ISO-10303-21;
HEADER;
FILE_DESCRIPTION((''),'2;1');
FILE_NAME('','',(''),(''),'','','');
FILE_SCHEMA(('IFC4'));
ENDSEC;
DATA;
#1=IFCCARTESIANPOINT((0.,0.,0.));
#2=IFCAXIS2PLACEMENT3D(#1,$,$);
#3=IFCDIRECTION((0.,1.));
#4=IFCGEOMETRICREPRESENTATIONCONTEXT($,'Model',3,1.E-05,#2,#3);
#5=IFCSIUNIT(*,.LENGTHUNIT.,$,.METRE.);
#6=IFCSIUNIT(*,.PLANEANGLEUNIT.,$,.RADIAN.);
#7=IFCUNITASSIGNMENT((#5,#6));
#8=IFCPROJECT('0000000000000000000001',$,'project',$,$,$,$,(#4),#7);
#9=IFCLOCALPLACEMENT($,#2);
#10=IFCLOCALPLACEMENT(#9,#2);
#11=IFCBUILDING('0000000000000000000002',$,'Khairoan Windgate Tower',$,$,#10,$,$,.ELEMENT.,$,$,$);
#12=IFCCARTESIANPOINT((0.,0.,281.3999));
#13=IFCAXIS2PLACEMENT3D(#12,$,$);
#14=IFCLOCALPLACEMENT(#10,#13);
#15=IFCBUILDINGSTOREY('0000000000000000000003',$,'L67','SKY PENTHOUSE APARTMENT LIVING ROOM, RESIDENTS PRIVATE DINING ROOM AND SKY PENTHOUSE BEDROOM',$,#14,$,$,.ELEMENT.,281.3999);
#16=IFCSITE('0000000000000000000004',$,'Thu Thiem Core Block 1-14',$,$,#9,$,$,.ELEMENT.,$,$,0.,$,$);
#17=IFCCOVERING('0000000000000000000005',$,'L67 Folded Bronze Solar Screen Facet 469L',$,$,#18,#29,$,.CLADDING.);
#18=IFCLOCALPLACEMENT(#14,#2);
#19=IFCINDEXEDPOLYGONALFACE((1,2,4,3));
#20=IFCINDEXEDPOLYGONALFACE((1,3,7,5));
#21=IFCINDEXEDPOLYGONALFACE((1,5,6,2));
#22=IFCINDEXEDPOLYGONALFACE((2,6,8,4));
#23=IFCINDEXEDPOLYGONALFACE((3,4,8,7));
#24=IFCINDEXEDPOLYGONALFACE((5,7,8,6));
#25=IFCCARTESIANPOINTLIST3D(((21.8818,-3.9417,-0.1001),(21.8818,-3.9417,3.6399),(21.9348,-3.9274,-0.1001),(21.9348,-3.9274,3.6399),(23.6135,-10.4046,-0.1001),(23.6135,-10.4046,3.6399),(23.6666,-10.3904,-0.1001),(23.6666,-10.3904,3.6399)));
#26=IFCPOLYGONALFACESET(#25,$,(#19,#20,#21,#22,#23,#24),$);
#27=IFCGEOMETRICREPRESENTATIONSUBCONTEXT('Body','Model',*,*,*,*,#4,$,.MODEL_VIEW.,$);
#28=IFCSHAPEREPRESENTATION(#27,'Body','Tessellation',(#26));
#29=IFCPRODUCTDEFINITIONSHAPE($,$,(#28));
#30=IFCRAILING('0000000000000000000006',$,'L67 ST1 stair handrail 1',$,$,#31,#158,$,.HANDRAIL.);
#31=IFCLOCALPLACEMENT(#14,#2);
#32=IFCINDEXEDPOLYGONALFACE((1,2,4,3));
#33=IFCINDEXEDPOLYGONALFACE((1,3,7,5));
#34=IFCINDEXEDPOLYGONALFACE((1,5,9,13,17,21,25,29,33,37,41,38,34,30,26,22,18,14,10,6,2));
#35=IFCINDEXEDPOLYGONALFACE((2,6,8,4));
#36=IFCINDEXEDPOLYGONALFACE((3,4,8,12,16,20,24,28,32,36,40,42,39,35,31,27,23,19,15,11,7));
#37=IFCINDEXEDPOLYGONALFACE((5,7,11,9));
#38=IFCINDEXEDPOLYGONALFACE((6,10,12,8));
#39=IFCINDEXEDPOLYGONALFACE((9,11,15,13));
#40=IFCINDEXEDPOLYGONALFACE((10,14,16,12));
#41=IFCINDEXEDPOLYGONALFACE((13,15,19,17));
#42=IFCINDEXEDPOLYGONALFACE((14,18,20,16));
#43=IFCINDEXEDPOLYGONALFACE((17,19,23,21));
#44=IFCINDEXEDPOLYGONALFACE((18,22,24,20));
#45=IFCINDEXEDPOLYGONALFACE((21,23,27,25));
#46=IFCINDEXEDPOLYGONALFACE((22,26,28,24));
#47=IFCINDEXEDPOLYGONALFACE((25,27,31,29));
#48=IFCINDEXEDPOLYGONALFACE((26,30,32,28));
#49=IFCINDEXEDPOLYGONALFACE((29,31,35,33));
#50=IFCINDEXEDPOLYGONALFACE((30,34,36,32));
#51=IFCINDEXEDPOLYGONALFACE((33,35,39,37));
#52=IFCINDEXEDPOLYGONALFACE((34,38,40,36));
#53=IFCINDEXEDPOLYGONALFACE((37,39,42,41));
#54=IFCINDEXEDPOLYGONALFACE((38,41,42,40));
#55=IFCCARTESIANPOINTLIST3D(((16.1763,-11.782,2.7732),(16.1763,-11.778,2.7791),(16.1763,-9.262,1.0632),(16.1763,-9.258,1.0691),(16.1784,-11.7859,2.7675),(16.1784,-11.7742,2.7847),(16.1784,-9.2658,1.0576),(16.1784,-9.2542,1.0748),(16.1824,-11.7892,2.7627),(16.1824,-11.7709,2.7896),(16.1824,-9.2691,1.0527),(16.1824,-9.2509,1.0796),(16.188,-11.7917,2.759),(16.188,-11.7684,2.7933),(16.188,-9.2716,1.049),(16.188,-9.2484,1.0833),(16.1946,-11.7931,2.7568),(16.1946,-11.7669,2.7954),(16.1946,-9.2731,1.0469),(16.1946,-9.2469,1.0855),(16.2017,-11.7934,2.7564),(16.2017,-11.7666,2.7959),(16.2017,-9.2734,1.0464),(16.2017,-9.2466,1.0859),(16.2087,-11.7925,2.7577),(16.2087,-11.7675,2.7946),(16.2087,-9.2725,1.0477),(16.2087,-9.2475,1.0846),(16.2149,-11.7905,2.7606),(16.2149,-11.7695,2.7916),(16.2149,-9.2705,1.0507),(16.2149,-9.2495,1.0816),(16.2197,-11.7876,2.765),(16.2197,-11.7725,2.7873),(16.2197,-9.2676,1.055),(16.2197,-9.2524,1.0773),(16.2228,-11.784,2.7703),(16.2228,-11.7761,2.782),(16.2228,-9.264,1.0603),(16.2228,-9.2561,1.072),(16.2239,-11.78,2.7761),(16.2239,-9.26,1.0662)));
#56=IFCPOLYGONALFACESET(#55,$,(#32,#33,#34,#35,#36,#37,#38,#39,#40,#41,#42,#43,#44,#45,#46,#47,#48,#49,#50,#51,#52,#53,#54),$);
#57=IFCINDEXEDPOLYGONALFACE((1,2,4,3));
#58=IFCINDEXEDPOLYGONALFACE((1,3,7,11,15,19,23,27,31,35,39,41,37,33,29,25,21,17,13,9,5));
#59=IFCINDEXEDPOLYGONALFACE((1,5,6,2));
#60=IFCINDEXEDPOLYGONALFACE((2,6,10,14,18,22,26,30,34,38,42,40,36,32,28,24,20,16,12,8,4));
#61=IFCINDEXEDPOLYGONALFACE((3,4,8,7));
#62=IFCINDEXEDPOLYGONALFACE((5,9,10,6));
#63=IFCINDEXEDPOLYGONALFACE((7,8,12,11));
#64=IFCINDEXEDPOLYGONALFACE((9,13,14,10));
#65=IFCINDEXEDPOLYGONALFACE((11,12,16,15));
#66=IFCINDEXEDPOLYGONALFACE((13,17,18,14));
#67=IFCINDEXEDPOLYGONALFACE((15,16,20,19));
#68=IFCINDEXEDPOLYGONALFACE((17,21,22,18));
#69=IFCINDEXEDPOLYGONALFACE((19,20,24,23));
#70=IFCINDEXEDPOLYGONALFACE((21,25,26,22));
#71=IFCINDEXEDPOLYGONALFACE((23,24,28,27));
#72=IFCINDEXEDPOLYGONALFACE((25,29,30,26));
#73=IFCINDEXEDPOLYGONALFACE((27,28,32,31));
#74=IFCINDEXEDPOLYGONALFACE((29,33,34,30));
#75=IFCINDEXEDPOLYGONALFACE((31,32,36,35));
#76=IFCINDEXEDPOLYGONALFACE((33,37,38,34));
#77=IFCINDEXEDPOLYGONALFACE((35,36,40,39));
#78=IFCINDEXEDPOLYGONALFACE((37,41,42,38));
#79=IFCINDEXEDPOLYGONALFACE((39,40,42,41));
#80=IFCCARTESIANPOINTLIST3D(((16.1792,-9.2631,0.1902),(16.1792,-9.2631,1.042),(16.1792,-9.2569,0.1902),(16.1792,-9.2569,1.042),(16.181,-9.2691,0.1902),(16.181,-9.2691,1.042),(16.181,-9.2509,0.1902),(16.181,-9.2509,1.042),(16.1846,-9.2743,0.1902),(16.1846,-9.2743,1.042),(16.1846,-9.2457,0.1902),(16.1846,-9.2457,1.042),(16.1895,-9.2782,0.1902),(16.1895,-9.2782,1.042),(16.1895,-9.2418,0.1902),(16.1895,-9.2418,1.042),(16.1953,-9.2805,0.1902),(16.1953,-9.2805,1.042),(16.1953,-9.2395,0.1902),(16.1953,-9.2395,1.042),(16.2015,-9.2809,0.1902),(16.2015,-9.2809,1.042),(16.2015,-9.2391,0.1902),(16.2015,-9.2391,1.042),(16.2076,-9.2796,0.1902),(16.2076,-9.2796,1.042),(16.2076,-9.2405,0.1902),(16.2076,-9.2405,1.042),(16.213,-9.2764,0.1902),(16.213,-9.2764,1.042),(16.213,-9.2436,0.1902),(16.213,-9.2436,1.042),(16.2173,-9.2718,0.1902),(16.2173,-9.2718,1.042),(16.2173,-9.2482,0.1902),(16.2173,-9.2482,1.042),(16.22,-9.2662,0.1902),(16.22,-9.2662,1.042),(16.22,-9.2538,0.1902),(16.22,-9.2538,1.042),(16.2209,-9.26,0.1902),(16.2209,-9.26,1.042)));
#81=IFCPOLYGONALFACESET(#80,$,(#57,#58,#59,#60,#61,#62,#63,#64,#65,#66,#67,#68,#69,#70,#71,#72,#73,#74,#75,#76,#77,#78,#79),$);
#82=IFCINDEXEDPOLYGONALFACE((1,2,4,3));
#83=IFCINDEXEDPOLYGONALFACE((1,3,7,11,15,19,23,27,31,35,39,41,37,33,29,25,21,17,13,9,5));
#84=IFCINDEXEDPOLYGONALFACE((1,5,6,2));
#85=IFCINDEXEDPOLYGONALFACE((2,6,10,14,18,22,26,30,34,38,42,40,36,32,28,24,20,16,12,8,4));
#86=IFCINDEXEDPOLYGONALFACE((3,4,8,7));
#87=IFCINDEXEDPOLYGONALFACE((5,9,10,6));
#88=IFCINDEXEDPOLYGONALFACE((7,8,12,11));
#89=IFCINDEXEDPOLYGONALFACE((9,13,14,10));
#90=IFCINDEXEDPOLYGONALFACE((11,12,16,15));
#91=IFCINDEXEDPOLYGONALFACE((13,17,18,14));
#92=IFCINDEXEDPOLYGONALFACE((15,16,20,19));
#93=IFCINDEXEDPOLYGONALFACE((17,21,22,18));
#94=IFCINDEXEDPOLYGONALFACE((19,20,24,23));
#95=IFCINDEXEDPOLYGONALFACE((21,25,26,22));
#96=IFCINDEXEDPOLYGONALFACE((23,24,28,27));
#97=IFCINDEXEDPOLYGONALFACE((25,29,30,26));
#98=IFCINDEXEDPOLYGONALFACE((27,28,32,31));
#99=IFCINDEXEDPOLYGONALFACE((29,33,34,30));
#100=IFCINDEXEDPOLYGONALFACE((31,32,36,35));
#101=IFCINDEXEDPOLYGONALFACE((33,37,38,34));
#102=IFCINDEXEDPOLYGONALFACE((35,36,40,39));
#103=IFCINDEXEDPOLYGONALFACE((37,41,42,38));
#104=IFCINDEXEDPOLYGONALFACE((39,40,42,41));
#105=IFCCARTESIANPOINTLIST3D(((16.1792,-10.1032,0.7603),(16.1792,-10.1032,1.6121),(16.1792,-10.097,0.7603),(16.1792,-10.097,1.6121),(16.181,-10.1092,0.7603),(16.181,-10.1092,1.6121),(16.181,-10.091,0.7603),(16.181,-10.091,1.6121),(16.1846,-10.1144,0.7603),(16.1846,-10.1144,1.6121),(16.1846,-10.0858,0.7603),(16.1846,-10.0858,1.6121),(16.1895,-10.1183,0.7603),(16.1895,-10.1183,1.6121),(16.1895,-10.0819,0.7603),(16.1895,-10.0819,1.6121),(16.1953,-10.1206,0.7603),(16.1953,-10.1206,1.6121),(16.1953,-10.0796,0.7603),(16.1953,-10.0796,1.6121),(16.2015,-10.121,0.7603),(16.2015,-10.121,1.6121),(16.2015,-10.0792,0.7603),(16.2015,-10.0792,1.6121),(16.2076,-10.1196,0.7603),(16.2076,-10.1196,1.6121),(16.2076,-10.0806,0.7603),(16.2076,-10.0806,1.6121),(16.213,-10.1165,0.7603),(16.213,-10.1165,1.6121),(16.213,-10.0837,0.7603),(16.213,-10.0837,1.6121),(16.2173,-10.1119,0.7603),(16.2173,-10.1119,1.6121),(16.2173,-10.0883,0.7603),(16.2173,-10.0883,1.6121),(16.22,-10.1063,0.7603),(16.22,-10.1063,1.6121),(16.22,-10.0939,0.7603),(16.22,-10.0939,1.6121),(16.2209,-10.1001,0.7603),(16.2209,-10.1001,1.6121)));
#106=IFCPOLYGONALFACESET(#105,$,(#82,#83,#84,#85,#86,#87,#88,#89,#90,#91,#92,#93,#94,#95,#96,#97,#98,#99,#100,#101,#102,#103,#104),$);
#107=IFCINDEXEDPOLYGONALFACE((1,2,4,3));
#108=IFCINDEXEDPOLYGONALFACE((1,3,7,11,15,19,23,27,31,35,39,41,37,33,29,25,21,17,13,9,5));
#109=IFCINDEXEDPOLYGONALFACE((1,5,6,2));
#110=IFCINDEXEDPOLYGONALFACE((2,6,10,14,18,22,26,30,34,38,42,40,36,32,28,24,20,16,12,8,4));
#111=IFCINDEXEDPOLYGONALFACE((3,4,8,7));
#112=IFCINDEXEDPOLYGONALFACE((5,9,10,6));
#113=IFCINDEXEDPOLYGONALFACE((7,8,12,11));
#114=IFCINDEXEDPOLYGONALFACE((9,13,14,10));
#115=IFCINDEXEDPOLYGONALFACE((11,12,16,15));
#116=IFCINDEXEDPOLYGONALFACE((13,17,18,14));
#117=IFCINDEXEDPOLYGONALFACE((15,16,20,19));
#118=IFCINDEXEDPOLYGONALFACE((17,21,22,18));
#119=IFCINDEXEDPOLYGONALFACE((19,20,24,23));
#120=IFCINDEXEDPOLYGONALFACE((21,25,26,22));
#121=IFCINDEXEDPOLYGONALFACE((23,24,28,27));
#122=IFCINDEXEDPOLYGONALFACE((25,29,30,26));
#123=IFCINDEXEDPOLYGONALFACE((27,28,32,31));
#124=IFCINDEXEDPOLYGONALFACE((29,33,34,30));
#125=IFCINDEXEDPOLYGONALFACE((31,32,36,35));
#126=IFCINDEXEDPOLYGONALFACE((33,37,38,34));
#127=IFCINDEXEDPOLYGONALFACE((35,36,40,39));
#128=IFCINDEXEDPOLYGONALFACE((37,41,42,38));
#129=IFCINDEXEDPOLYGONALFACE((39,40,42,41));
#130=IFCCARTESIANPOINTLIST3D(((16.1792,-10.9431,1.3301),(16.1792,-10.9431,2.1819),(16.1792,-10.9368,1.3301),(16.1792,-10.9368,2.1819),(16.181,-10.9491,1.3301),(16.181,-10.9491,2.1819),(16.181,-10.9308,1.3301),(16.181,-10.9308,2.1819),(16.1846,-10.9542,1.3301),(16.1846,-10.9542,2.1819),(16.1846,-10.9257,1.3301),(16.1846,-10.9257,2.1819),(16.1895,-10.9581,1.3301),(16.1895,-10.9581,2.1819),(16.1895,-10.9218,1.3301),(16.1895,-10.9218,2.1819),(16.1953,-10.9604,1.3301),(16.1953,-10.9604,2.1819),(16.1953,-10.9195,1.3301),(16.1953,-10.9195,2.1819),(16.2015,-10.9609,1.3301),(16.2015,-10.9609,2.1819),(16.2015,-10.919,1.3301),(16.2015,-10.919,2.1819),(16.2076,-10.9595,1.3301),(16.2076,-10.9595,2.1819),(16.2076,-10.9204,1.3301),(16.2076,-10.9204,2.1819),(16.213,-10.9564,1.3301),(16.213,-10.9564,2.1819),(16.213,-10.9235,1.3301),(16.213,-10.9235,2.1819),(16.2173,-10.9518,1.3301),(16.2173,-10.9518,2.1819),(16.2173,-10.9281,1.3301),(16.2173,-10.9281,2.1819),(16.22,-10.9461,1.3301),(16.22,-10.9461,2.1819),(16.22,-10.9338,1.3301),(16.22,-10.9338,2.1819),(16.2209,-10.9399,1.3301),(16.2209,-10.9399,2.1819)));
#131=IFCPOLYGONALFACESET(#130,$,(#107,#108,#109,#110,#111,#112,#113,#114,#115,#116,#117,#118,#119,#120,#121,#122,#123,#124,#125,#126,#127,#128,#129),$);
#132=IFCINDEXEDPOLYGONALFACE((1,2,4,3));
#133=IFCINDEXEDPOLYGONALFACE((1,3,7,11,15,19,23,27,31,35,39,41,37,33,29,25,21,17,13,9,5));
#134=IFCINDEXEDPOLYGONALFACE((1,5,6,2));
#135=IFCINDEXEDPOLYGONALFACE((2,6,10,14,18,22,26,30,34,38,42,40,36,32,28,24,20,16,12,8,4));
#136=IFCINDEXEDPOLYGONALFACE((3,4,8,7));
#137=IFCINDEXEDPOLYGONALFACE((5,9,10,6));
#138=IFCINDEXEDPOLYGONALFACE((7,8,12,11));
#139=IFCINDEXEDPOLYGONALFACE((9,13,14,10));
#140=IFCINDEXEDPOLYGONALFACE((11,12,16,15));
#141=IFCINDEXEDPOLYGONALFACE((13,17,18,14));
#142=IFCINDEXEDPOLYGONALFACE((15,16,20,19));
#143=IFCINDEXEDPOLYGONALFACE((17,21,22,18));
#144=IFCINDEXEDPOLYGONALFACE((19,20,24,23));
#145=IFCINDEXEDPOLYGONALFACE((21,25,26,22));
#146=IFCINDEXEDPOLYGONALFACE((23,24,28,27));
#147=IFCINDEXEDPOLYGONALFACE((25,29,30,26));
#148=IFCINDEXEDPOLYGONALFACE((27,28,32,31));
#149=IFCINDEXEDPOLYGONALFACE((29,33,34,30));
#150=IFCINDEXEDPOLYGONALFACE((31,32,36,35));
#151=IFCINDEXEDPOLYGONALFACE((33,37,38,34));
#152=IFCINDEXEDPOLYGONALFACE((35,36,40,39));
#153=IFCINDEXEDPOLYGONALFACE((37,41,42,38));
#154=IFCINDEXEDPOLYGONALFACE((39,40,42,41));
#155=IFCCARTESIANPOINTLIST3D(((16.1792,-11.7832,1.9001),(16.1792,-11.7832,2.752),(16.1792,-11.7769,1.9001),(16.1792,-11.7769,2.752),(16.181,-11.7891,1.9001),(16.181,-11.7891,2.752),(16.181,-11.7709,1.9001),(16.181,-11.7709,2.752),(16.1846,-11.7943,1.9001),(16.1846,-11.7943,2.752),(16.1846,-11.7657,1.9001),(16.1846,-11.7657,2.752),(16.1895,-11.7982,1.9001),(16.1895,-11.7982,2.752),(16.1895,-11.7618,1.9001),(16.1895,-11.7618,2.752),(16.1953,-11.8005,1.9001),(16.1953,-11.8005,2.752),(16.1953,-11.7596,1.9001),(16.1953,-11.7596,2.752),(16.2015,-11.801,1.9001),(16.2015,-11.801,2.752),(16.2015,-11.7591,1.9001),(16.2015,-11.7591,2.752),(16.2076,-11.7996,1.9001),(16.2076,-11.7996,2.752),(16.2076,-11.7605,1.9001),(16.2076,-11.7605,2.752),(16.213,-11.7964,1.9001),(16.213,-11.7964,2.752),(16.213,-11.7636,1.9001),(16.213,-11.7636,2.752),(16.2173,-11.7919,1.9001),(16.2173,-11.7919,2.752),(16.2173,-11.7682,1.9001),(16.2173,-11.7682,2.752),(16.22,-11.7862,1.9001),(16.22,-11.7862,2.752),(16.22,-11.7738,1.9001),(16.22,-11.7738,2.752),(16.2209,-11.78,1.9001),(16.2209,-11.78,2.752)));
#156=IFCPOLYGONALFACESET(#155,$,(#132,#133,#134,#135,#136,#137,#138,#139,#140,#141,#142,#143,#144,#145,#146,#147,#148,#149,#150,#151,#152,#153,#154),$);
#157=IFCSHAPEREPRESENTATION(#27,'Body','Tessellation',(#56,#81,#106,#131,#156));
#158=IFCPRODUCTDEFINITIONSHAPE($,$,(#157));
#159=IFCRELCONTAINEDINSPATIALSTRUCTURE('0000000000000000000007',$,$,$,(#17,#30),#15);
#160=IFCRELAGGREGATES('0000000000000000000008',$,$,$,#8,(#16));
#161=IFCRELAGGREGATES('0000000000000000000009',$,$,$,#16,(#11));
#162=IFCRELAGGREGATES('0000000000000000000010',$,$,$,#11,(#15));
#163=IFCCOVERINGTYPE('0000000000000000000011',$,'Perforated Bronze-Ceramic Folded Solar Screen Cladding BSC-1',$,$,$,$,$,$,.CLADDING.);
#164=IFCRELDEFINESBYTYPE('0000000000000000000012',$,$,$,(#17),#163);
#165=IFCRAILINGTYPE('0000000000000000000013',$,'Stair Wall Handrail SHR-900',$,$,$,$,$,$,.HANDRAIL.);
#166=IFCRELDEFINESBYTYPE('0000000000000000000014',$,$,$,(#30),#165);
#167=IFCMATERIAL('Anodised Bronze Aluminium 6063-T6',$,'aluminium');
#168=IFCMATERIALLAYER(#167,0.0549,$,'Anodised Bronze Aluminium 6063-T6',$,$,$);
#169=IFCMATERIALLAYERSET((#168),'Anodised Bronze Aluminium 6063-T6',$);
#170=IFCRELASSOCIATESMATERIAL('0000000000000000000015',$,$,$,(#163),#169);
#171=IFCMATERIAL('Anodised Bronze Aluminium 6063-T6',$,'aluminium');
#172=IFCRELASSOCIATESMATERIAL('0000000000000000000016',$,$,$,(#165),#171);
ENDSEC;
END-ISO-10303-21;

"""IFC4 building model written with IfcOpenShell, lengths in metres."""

from ifc_helpers import new_model, si_unit, direction, frame, origin, origin_2d, place, context, subcontext, project, spatial, rectangle, circle, extrude, material, layer, layer_set, type_object, element, save


model = new_model("IFC4")

# Units and contexts
model_context = context("Model", 3, precision=1e-05, world=origin(), true_north=direction((0.0, 1.0)))
body_context = subcontext(model_context, "Body", "Model", "MODEL_VIEW")
ifc_project = project(units=[si_unit("LENGTHUNIT", "METRE"), si_unit("PLANEANGLEUNIT", "RADIAN")], contexts=[model_context])

# Site, building, storey
site_placement = place(None, origin())
site = spatial("IfcSite", under=ifc_project, at=site_placement, Name="Thu Thiem Core Block 1-14", CompositionType="ELEMENT", RefElevation=0.0)
building_placement = place(site_placement, origin())
building = spatial("IfcBuilding", under=site, at=building_placement, Name="Khairoan Windgate Tower", CompositionType="ELEMENT")
storey_placement = place(building_placement, frame((0.0, 0.0, 281.3999)))
storey = spatial("IfcBuildingStorey", under=building, at=storey_placement, Name="L67", Description="SKY PENTHOUSE APARTMENT LIVING ROOM, RESIDENTS PRIVATE DINING ROOM AND SKY PENTHOUSE BEDROOM", CompositionType="ELEMENT", Elevation=281.3999)

# Covering
ifc_material_1 = material(Name="Anodised Bronze Aluminium 6063-T6", Category="aluminium")
ifc_layer_1 = layer(ifc_material_1, 0.0549, Name="Anodised Bronze Aluminium 6063-T6")
ifc_layer_set_1 = layer_set([ifc_layer_1], Name="Anodised Bronze Aluminium 6063-T6")
covering_type = type_object("IfcCoveringType", Name="Perforated Bronze-Ceramic Folded Solar Screen Cladding BSC-1", PredefinedType="CLADDING", material=ifc_layer_set_1)
covering_placement = place(storey_placement, frame((22.7742, -7.166, -0.1001), z_axis=(0.0, 0.0, 1.0), x_axis=(0.258819, -0.965926, 0.0)))
element("IfcCovering", 1, at=covering_placement, inside=storey, type_object=covering_type, Name="L67 Folded Bronze Solar Screen Facet 469L", PredefinedType="CLADDING", context=body_context, shape_type="SweptSolid", body=[
    extrude(rectangle(XDim=6.6909, YDim=0.0549, at=origin_2d()), origin(), (0.0, 0.0, 1.0), 3.74),
])

# Railing
ifc_material_2 = material(Name="Anodised Bronze Aluminium 6063-T6", Category="aluminium")
railing_type_1 = type_object("IfcRailingType", Name="Stair Wall Handrail SHR-900", PredefinedType="HANDRAIL", material=ifc_material_2)
railing_1_placement = place(storey_placement, frame((16.2, -9.26, 0.1902)))
element("IfcRailing", 2, at=railing_1_placement, inside=storey, type_object=railing_type_1, Name="L67 ST1 stair handrail 1", PredefinedType="HANDRAIL", context=body_context, shape_type="SweptSolid", body=[
    extrude(circle(Radius=0.0239, at=origin_2d()), frame((0.0, 0.0, 0.876), z_axis=(0.0, -0.827484, 0.56149), x_axis=(1.0, 0.0, 0.0)), (0.0, 0.0, 1.0), 3.0454),
    extrude(circle(Radius=0.021, at=origin_2d()), origin(), (0.0, 0.0, 1.0), 0.8518),
    extrude(circle(Radius=0.021, at=origin_2d()), frame((0.0, -0.8401, 0.5701)), (0.0, 0.0, 1.0), 0.8518),
    extrude(circle(Radius=0.021, at=origin_2d()), frame((0.0, -1.6799, 1.1399)), (0.0, 0.0, 1.0), 0.8518),
    extrude(circle(Radius=0.021, at=origin_2d()), frame((0.0, -2.52, 1.71)), (0.0, 0.0, 1.0), 0.8518),
])

save(model, "model.ifc")
